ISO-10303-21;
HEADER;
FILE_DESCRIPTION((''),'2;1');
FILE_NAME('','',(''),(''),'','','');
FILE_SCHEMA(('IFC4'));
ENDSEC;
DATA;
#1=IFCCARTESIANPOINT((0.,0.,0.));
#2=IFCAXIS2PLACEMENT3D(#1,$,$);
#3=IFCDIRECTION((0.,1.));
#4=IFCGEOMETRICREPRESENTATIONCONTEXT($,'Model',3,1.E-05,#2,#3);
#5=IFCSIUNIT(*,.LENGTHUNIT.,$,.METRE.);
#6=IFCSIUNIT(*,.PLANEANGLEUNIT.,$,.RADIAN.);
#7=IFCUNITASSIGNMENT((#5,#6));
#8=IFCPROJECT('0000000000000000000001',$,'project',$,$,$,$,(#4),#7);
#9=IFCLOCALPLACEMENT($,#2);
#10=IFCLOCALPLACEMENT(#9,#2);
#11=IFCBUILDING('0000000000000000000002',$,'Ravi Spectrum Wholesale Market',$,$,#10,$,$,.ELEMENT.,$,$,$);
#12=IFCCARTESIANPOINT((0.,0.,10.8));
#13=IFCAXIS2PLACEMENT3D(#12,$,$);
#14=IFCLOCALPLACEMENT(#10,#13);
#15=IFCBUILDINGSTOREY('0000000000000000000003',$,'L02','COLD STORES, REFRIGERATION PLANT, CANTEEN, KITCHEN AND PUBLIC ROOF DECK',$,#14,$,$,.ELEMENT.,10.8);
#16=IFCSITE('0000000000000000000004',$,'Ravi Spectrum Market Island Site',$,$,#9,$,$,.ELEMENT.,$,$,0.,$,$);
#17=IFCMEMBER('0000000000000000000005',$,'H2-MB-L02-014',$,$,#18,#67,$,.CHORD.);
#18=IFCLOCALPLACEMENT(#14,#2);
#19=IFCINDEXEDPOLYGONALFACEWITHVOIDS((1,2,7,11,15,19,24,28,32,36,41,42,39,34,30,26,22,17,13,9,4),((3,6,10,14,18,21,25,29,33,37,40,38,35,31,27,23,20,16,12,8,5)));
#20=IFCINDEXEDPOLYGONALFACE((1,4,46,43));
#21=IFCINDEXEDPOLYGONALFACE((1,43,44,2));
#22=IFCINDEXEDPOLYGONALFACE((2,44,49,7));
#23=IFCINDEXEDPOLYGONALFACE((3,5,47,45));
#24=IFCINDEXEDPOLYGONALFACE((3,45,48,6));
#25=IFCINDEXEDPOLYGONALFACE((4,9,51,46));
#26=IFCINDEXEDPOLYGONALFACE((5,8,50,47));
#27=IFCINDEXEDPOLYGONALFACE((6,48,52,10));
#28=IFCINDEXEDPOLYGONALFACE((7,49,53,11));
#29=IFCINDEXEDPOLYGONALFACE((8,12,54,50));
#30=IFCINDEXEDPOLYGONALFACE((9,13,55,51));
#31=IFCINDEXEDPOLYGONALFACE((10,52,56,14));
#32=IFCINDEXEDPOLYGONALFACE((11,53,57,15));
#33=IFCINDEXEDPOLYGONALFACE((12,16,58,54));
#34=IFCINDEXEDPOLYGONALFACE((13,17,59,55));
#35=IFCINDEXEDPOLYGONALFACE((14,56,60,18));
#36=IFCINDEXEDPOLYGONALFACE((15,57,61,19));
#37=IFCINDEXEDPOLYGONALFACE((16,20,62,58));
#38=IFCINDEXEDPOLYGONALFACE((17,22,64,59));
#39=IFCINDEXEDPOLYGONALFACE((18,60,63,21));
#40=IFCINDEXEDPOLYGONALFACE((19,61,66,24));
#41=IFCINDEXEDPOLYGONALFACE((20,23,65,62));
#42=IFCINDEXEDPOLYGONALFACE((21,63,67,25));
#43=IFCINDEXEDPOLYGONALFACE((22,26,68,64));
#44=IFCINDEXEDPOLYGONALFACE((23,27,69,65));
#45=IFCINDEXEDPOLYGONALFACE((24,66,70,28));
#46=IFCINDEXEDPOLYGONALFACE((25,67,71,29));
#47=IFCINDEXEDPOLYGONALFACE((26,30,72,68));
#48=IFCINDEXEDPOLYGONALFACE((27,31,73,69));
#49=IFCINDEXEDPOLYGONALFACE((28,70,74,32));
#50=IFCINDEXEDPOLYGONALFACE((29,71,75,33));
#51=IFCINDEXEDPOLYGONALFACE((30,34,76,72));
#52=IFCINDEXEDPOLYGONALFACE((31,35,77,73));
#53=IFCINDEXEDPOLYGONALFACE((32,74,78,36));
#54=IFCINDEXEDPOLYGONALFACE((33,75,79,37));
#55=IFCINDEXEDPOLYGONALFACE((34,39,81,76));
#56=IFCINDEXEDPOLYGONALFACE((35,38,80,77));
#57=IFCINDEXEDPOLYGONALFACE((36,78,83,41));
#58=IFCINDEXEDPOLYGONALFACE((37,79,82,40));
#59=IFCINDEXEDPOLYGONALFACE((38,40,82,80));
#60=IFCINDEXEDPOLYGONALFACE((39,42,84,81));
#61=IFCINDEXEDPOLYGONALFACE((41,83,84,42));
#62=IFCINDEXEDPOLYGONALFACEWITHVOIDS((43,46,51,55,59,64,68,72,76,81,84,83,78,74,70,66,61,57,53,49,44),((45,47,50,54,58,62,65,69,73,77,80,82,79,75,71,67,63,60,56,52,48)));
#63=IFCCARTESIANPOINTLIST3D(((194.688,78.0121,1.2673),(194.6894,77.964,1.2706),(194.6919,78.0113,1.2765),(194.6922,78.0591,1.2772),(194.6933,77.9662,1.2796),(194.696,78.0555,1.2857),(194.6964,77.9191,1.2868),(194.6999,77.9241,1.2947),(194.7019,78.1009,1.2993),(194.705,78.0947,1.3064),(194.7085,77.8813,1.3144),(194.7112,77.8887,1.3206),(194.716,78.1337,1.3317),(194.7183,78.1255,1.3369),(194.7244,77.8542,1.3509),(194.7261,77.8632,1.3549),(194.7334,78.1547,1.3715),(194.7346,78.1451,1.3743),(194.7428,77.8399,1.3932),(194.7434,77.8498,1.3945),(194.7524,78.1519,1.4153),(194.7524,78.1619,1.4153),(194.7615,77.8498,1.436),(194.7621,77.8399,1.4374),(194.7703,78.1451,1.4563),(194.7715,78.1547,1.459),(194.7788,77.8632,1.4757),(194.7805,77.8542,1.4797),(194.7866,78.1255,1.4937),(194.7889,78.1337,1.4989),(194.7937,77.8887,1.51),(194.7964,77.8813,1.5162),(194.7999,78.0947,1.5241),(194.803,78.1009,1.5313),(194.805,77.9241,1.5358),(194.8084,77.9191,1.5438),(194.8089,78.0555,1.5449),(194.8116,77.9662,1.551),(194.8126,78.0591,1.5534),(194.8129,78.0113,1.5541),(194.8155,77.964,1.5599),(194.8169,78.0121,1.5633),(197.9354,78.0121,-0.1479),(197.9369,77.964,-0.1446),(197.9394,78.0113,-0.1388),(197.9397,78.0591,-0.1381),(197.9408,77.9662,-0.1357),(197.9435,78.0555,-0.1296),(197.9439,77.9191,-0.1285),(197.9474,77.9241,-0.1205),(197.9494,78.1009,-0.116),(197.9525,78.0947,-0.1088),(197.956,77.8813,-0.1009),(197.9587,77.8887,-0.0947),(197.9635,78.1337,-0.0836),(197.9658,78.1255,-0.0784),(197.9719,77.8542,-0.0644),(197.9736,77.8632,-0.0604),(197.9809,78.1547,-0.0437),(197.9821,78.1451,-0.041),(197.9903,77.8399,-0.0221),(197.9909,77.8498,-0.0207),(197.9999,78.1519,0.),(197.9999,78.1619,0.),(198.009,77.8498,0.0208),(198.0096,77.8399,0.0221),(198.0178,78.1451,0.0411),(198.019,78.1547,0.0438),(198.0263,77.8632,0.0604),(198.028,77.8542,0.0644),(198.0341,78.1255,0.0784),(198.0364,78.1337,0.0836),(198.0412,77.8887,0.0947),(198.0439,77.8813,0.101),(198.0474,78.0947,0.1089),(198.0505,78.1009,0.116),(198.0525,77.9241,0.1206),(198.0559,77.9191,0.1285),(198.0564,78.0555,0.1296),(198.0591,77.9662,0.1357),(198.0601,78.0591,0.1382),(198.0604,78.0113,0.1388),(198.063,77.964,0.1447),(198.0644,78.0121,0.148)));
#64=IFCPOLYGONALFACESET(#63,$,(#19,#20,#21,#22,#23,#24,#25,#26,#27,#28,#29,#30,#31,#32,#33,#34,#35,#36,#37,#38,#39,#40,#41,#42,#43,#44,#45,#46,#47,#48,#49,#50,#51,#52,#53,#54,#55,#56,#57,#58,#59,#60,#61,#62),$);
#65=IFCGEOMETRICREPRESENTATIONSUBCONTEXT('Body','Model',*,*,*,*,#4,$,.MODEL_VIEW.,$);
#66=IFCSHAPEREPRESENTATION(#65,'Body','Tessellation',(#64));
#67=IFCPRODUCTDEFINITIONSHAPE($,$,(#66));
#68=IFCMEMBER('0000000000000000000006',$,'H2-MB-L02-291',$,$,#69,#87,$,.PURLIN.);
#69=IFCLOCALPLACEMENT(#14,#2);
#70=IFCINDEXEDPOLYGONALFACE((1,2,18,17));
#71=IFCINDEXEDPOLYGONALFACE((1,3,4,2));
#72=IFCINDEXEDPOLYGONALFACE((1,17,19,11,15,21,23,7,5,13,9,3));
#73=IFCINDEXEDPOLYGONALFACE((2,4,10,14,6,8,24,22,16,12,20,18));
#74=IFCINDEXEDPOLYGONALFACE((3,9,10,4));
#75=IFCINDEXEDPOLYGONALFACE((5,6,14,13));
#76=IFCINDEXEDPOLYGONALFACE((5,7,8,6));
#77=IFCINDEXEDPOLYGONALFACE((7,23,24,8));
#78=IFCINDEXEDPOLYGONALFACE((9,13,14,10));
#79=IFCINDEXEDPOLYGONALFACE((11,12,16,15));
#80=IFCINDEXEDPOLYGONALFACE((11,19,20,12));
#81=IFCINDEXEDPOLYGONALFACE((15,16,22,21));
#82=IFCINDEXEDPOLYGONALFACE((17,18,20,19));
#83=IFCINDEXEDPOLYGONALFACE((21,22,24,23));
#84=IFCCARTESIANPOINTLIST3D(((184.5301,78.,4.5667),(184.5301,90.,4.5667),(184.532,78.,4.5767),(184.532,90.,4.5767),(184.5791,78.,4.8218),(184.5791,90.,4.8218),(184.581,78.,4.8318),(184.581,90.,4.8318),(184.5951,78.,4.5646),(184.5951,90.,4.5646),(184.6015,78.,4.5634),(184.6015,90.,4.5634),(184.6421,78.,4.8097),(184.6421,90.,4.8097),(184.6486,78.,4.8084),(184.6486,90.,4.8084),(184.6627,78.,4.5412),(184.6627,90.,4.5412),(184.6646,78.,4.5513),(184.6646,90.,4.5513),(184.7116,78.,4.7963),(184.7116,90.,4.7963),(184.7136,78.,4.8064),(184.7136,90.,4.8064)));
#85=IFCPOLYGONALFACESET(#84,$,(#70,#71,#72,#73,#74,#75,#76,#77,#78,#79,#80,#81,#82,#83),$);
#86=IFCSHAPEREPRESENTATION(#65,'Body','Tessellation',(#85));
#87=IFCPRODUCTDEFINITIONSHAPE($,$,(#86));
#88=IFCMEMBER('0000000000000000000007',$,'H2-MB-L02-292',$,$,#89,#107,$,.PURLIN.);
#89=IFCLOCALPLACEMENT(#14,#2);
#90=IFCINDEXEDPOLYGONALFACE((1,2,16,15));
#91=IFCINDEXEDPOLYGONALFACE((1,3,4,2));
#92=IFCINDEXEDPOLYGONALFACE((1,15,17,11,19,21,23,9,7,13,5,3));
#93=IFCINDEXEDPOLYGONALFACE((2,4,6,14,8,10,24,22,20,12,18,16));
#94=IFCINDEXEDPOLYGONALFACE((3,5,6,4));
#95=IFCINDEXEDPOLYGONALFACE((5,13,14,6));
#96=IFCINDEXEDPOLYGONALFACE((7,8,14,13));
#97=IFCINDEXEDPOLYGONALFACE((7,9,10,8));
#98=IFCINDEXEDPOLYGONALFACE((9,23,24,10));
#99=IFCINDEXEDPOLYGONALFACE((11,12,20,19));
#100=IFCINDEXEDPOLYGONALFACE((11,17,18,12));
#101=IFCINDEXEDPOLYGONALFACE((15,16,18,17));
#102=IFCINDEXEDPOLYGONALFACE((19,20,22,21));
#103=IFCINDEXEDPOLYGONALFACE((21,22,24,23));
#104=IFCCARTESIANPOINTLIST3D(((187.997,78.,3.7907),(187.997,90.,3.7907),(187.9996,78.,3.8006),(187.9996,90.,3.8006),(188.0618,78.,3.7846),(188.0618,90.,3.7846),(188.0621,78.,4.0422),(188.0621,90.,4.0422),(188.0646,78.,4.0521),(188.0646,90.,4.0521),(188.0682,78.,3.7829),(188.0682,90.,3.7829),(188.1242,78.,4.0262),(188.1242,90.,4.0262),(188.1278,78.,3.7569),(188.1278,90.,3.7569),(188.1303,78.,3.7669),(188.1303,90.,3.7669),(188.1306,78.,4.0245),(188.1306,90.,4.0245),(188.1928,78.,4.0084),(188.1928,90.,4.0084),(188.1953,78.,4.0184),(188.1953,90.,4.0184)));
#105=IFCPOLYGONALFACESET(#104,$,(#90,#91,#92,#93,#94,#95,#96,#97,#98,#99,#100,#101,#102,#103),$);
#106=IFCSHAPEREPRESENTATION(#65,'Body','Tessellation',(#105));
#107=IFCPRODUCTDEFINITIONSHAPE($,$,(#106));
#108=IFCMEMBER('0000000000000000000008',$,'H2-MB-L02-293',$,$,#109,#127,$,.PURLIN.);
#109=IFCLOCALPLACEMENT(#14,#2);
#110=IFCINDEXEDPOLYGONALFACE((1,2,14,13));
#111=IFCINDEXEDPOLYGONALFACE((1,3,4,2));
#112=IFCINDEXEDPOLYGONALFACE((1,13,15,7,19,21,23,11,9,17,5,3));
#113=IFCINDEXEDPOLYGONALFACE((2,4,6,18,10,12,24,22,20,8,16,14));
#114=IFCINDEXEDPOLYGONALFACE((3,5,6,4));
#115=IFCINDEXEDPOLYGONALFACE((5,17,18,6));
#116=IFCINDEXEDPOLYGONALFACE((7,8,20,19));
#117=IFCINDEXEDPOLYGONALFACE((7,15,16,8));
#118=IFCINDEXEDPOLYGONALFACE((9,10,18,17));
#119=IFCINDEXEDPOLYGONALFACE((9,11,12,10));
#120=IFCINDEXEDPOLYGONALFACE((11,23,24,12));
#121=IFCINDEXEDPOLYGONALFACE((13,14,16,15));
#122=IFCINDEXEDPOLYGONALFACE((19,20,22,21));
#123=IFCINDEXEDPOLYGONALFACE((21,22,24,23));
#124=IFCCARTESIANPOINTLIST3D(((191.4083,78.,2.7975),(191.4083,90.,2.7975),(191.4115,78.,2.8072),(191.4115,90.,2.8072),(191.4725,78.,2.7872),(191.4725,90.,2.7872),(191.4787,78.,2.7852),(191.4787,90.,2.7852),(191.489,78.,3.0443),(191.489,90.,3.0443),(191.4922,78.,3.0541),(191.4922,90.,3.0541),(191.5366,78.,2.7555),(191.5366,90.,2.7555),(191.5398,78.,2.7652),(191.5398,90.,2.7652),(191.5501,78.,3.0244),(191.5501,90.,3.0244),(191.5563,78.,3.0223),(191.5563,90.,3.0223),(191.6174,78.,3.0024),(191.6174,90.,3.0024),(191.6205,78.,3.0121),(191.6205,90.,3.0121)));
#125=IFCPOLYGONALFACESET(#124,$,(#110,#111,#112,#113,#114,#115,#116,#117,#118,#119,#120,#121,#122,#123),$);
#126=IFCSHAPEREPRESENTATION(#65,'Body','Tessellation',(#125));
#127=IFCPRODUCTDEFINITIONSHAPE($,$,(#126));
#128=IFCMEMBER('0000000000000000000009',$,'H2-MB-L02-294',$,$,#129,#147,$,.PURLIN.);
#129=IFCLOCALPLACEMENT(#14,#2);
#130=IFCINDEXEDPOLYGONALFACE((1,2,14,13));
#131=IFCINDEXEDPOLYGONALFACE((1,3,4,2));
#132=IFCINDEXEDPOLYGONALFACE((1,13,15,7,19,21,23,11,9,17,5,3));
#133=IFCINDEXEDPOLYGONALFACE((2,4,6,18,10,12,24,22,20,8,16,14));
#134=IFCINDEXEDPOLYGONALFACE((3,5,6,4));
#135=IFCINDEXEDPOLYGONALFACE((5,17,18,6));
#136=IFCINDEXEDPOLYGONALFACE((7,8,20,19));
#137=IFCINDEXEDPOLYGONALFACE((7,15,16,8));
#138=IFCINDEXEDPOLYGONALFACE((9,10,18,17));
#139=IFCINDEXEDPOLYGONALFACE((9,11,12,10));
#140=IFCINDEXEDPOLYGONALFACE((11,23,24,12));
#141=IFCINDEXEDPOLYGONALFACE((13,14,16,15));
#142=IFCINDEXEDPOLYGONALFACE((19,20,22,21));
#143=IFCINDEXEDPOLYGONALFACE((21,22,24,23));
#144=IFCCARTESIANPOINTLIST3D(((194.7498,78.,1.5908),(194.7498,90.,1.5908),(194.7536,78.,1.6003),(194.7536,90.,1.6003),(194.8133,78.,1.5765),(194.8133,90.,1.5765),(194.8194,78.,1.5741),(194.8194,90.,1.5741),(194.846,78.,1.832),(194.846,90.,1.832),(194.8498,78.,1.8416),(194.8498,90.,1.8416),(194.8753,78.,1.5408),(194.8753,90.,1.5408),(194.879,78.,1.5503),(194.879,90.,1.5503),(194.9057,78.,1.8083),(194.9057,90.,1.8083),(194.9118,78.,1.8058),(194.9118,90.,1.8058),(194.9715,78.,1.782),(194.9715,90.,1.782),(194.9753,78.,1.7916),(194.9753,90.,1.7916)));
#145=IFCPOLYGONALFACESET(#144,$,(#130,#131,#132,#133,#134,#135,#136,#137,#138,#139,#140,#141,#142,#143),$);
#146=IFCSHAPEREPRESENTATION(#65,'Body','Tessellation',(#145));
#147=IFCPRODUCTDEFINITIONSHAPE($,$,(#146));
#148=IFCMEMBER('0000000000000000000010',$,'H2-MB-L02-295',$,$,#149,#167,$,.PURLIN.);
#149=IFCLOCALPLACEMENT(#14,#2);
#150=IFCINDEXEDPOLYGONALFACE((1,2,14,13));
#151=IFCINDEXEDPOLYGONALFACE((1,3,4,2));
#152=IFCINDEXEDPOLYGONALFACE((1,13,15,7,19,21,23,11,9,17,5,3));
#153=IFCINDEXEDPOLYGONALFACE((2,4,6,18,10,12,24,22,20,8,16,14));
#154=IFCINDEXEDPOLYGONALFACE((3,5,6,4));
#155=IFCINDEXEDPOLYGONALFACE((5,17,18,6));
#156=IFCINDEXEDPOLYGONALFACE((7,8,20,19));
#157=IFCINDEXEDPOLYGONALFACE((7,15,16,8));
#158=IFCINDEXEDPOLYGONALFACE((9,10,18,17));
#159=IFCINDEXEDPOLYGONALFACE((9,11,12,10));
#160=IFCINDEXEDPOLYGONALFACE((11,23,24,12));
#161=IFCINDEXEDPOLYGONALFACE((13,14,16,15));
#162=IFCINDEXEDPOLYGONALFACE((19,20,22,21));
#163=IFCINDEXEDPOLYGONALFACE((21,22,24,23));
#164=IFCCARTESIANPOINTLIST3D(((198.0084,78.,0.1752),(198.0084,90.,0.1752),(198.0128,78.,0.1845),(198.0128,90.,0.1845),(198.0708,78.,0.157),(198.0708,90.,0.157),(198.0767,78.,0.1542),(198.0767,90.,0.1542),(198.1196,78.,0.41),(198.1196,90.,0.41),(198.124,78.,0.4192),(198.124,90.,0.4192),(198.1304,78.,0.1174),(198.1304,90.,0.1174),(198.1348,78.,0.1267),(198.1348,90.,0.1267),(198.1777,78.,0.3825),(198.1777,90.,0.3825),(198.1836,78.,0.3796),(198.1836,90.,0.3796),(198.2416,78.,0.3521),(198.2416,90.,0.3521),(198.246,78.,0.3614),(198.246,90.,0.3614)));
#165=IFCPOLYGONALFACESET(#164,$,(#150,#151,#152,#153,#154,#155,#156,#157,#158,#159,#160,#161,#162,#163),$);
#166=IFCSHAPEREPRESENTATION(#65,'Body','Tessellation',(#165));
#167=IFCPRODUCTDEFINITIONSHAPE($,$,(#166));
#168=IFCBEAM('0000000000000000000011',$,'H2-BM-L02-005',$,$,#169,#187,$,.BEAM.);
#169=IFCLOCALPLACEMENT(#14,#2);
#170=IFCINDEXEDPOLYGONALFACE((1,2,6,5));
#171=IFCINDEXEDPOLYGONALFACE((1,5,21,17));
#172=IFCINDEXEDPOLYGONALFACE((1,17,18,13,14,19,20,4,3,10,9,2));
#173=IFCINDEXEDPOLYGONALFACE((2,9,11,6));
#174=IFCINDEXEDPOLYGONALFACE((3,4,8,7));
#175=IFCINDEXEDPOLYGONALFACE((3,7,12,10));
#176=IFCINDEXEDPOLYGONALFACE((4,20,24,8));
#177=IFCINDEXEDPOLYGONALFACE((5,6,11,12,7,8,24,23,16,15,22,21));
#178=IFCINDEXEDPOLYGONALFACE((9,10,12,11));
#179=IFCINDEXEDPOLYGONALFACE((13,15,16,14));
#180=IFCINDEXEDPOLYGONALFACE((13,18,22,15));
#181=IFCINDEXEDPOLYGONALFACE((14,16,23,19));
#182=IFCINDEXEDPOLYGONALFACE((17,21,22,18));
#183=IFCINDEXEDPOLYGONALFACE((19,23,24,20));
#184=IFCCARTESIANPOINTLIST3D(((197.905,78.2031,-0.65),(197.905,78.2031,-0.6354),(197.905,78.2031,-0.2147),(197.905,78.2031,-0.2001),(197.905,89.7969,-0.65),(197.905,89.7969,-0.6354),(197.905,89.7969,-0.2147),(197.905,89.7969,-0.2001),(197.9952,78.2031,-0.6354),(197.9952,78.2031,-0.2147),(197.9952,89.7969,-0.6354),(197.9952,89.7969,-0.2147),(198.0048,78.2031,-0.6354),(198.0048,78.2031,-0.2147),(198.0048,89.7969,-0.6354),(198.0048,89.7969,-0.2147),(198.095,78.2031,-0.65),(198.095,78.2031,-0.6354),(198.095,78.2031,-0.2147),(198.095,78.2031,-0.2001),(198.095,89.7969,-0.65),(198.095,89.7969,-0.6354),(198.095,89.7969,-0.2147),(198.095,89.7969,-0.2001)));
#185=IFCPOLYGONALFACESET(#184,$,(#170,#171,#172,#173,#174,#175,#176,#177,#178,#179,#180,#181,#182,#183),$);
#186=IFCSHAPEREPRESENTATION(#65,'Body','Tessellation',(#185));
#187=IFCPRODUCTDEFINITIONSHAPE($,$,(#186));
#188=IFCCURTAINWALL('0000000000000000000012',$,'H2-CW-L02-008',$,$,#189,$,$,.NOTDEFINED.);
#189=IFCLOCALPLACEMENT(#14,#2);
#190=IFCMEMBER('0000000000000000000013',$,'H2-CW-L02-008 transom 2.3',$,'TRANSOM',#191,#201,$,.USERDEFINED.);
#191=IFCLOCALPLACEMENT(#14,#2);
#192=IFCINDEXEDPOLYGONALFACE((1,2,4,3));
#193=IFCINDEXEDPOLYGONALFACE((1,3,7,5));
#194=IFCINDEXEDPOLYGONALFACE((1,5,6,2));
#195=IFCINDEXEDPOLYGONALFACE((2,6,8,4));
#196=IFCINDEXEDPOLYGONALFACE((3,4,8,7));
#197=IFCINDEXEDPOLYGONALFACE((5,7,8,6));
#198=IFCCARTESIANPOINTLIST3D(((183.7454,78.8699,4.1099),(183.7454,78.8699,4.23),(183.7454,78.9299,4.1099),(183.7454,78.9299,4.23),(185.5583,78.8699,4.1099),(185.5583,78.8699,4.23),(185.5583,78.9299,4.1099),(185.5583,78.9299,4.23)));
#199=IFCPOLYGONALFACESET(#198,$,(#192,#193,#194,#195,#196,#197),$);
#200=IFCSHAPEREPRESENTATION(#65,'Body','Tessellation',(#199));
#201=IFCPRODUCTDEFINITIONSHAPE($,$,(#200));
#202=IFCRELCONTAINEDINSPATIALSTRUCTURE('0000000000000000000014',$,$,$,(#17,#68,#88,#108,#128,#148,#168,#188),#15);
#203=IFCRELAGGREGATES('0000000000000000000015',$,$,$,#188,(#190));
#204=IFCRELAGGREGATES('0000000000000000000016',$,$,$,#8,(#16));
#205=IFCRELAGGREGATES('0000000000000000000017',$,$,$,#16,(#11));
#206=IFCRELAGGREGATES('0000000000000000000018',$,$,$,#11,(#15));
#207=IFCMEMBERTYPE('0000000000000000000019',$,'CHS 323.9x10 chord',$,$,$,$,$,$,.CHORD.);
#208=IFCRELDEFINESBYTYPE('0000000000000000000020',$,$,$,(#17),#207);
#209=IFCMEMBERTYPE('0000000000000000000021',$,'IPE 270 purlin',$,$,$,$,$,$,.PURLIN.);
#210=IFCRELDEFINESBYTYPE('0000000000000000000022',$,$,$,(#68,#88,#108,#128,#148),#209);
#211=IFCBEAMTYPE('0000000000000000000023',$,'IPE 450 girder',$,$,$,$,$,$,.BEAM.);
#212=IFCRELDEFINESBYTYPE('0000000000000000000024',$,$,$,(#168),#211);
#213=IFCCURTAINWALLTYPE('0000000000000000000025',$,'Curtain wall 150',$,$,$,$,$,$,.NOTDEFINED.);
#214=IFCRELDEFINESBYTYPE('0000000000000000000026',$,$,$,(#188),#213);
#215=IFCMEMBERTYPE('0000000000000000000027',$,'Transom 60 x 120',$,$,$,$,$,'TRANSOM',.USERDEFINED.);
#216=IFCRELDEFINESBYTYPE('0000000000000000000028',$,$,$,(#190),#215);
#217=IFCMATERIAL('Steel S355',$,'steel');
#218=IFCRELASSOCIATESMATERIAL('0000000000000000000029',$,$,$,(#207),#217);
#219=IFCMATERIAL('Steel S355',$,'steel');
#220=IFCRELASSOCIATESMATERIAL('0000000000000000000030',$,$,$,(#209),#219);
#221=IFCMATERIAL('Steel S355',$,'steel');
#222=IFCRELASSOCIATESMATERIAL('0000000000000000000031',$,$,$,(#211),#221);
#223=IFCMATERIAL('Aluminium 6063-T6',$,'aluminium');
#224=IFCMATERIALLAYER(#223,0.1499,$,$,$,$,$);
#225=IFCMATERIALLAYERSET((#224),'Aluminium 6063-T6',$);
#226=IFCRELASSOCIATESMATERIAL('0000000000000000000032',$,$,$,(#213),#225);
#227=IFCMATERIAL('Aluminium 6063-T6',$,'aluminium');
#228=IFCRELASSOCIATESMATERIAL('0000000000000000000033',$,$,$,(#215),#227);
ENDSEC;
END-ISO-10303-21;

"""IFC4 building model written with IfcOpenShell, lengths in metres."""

from ifc_helpers import new_model, si_unit, direction, frame, origin, origin_2d, place, context, subcontext, project, spatial, rectangle, hollow_circle, i_section, extrude, material, layer, layer_set, material_profile, profile_set, type_object, element, aggregate, save


model = new_model("IFC4")

# Units and contexts
model_context = context("Model", 3, precision=1e-05, world=origin(), true_north=direction((0.0, 1.0)))
body_context = subcontext(model_context, "Body", "Model", "MODEL_VIEW")
ifc_project = project(units=[si_unit("LENGTHUNIT", "METRE"), si_unit("PLANEANGLEUNIT", "RADIAN")], contexts=[model_context])

# Site, building, storey
site_placement = place(None, origin())
site = spatial("IfcSite", under=ifc_project, at=site_placement, Name="Ravi Spectrum Market Island Site", CompositionType="ELEMENT", RefElevation=0.0)
building_placement = place(site_placement, origin())
building = spatial("IfcBuilding", under=site, at=building_placement, Name="Ravi Spectrum Wholesale Market", CompositionType="ELEMENT")
storey_placement = place(building_placement, frame((0.0, 0.0, 10.8)))
storey = spatial("IfcBuildingStorey", under=building, at=storey_placement, Name="L02", Description="COLD STORES, REFRIGERATION PLANT, CANTEEN, KITCHEN AND PUBLIC ROOF DECK", CompositionType="ELEMENT", Elevation=10.8)

# Members
ifc_material_1 = material(Name="Steel S355", Category="steel")
ifc_material_profile_1 = material_profile(ifc_material_1, hollow_circle(Radius=0.1619, WallThickness=0.01, at=origin_2d()))
ifc_profile_set_1 = profile_set([ifc_material_profile_1], Name="Steel S355")
member_type_1 = type_object("IfcMemberType", Name="CHS 323.9x10 chord", PredefinedType="CHORD", material=ifc_profile_set_1)
for number, where, z_axis, x_axis, name in (
    (1, (194.7524, 78.0, 1.4153), (0.916729, 0.0, -0.39951), (0.0, 1.0, 0.0), "H2-MB-L02-014"),
):
    element("IfcMember", number, at=place(storey_placement, frame(where, z_axis=z_axis, x_axis=x_axis)), inside=storey, type_object=member_type_1, Name=name, PredefinedType="CHORD", context=body_context, shape_type="SweptSolid", body=[
        extrude(hollow_circle(Radius=0.1619, WallThickness=0.01, at=origin_2d()), origin(), (0.0, 0.0, 1.0), 3.5425),
    ])
ifc_material_2 = material(Name="Steel S355", Category="steel")
ifc_material_profile_2 = material_profile(ifc_material_2, i_section(OverallWidth=0.135, OverallDepth=0.27, WebThickness=0.0066, FlangeThickness=0.0103, at=origin_2d()))
ifc_profile_set_2 = profile_set([ifc_material_profile_2], Name="Steel S355")
member_type_2 = type_object("IfcMemberType", Name="IPE 270 purlin", PredefinedType="PURLIN", material=ifc_profile_set_2)
for number, where, z_axis, x_axis, name in (
    (2, (184.6218, 78.0, 4.6865), (0.0, 1.0, 0.0), (-0.982061, 0.0, 0.188562), "H2-MB-L02-291"),
    (3, (188.0962, 78.0, 3.9045), (0.0, 1.0, 0.0), (-0.968183, 0.0, 0.250243), "H2-MB-L02-292"),
    (4, (191.5144, 78.0, 2.9048), (0.0, 1.0, 0.0), (-0.950435, 0.0, 0.310923), "H2-MB-L02-293"),
    (5, (194.8625, 78.0, 1.6912), (0.0, 1.0, 0.0), (-0.928888, 0.0, 0.37036), "H2-MB-L02-294"),
    (6, (198.1272, 78.0, 0.2683), (0.0, 1.0, 0.0), (-0.903629, 0.0, 0.428316), "H2-MB-L02-295"),
):
    element("IfcMember", number, at=place(storey_placement, frame(where, z_axis=z_axis, x_axis=x_axis)), inside=storey, type_object=member_type_2, Name=name, PredefinedType="PURLIN", context=body_context, shape_type="SweptSolid", body=[
        extrude(i_section(OverallWidth=0.135, OverallDepth=0.27, WebThickness=0.0066, FlangeThickness=0.0103, at=origin_2d()), origin(), (0.0, 0.0, 1.0), 12.0),
    ])

# Beam
ifc_material_3 = material(Name="Steel S355", Category="steel")
ifc_material_profile_3 = material_profile(ifc_material_3, i_section(OverallWidth=0.1899, OverallDepth=0.45, WebThickness=0.0095, FlangeThickness=0.0146, at=origin_2d()))
ifc_profile_set_3 = profile_set([ifc_material_profile_3], Name="Steel S355")
beam_type = type_object("IfcBeamType", Name="IPE 450 girder", PredefinedType="BEAM", material=ifc_profile_set_3)
beam_placement = place(storey_placement, frame((198.0, 78.2031, -0.425), z_axis=(0.0, 1.0, 0.0), x_axis=(-1.0, 0.0, 0.0)))
element("IfcBeam", 7, at=beam_placement, inside=storey, type_object=beam_type, Name="H2-BM-L02-005", PredefinedType="BEAM", context=body_context, shape_type="SweptSolid", body=[
    extrude(i_section(OverallWidth=0.1899, OverallDepth=0.45, WebThickness=0.0095, FlangeThickness=0.0146, at=origin_2d()), origin(), (0.0, 0.0, 1.0), 11.5938),
])

# Curtain wall, member
ifc_material_4 = material(Name="Aluminium 6063-T6", Category="aluminium")
ifc_layer_1 = layer(ifc_material_4, 0.1499)
ifc_layer_set_1 = layer_set([ifc_layer_1], Name="Aluminium 6063-T6")
curtain_wall_type = type_object("IfcCurtainWallType", Name="Curtain wall 150", PredefinedType="NOTDEFINED", material=ifc_layer_set_1)
curtain_wall_placement = place(storey_placement, origin())
curtain_wall = element("IfcCurtainWall", 8, at=curtain_wall_placement, inside=storey, type_object=curtain_wall_type, Name="H2-CW-L02-008", PredefinedType="NOTDEFINED")
ifc_material_5 = material(Name="Aluminium 6063-T6", Category="aluminium")
ifc_material_profile_4 = material_profile(ifc_material_5, rectangle(XDim=0.0601, YDim=0.1201, at=origin_2d()))
ifc_profile_set_4 = profile_set([ifc_material_profile_4], Name="Aluminium 6063-T6")
member_type_3 = type_object("IfcMemberType", Name="Transom 60 x 120", ElementType="TRANSOM", PredefinedType="USERDEFINED", material=ifc_profile_set_4)
member_1_placement = place(storey_placement, frame((183.7454, 78.8999, 4.1699), z_axis=(1.0, 0.0, 0.0), x_axis=(0.0, 1.0, 0.0)))
member_1 = element("IfcMember", 9, at=member_1_placement, type_object=member_type_3, Name="H2-CW-L02-008 transom 2.3", ObjectType="TRANSOM", PredefinedType="USERDEFINED", context=body_context, shape_type="SweptSolid", body=[
    extrude(rectangle(XDim=0.0601, YDim=0.1201, at=origin_2d()), origin(), (0.0, 0.0, 1.0), 1.813),
])
aggregate(curtain_wall, [member_1])

save(model, "model.ifc")
